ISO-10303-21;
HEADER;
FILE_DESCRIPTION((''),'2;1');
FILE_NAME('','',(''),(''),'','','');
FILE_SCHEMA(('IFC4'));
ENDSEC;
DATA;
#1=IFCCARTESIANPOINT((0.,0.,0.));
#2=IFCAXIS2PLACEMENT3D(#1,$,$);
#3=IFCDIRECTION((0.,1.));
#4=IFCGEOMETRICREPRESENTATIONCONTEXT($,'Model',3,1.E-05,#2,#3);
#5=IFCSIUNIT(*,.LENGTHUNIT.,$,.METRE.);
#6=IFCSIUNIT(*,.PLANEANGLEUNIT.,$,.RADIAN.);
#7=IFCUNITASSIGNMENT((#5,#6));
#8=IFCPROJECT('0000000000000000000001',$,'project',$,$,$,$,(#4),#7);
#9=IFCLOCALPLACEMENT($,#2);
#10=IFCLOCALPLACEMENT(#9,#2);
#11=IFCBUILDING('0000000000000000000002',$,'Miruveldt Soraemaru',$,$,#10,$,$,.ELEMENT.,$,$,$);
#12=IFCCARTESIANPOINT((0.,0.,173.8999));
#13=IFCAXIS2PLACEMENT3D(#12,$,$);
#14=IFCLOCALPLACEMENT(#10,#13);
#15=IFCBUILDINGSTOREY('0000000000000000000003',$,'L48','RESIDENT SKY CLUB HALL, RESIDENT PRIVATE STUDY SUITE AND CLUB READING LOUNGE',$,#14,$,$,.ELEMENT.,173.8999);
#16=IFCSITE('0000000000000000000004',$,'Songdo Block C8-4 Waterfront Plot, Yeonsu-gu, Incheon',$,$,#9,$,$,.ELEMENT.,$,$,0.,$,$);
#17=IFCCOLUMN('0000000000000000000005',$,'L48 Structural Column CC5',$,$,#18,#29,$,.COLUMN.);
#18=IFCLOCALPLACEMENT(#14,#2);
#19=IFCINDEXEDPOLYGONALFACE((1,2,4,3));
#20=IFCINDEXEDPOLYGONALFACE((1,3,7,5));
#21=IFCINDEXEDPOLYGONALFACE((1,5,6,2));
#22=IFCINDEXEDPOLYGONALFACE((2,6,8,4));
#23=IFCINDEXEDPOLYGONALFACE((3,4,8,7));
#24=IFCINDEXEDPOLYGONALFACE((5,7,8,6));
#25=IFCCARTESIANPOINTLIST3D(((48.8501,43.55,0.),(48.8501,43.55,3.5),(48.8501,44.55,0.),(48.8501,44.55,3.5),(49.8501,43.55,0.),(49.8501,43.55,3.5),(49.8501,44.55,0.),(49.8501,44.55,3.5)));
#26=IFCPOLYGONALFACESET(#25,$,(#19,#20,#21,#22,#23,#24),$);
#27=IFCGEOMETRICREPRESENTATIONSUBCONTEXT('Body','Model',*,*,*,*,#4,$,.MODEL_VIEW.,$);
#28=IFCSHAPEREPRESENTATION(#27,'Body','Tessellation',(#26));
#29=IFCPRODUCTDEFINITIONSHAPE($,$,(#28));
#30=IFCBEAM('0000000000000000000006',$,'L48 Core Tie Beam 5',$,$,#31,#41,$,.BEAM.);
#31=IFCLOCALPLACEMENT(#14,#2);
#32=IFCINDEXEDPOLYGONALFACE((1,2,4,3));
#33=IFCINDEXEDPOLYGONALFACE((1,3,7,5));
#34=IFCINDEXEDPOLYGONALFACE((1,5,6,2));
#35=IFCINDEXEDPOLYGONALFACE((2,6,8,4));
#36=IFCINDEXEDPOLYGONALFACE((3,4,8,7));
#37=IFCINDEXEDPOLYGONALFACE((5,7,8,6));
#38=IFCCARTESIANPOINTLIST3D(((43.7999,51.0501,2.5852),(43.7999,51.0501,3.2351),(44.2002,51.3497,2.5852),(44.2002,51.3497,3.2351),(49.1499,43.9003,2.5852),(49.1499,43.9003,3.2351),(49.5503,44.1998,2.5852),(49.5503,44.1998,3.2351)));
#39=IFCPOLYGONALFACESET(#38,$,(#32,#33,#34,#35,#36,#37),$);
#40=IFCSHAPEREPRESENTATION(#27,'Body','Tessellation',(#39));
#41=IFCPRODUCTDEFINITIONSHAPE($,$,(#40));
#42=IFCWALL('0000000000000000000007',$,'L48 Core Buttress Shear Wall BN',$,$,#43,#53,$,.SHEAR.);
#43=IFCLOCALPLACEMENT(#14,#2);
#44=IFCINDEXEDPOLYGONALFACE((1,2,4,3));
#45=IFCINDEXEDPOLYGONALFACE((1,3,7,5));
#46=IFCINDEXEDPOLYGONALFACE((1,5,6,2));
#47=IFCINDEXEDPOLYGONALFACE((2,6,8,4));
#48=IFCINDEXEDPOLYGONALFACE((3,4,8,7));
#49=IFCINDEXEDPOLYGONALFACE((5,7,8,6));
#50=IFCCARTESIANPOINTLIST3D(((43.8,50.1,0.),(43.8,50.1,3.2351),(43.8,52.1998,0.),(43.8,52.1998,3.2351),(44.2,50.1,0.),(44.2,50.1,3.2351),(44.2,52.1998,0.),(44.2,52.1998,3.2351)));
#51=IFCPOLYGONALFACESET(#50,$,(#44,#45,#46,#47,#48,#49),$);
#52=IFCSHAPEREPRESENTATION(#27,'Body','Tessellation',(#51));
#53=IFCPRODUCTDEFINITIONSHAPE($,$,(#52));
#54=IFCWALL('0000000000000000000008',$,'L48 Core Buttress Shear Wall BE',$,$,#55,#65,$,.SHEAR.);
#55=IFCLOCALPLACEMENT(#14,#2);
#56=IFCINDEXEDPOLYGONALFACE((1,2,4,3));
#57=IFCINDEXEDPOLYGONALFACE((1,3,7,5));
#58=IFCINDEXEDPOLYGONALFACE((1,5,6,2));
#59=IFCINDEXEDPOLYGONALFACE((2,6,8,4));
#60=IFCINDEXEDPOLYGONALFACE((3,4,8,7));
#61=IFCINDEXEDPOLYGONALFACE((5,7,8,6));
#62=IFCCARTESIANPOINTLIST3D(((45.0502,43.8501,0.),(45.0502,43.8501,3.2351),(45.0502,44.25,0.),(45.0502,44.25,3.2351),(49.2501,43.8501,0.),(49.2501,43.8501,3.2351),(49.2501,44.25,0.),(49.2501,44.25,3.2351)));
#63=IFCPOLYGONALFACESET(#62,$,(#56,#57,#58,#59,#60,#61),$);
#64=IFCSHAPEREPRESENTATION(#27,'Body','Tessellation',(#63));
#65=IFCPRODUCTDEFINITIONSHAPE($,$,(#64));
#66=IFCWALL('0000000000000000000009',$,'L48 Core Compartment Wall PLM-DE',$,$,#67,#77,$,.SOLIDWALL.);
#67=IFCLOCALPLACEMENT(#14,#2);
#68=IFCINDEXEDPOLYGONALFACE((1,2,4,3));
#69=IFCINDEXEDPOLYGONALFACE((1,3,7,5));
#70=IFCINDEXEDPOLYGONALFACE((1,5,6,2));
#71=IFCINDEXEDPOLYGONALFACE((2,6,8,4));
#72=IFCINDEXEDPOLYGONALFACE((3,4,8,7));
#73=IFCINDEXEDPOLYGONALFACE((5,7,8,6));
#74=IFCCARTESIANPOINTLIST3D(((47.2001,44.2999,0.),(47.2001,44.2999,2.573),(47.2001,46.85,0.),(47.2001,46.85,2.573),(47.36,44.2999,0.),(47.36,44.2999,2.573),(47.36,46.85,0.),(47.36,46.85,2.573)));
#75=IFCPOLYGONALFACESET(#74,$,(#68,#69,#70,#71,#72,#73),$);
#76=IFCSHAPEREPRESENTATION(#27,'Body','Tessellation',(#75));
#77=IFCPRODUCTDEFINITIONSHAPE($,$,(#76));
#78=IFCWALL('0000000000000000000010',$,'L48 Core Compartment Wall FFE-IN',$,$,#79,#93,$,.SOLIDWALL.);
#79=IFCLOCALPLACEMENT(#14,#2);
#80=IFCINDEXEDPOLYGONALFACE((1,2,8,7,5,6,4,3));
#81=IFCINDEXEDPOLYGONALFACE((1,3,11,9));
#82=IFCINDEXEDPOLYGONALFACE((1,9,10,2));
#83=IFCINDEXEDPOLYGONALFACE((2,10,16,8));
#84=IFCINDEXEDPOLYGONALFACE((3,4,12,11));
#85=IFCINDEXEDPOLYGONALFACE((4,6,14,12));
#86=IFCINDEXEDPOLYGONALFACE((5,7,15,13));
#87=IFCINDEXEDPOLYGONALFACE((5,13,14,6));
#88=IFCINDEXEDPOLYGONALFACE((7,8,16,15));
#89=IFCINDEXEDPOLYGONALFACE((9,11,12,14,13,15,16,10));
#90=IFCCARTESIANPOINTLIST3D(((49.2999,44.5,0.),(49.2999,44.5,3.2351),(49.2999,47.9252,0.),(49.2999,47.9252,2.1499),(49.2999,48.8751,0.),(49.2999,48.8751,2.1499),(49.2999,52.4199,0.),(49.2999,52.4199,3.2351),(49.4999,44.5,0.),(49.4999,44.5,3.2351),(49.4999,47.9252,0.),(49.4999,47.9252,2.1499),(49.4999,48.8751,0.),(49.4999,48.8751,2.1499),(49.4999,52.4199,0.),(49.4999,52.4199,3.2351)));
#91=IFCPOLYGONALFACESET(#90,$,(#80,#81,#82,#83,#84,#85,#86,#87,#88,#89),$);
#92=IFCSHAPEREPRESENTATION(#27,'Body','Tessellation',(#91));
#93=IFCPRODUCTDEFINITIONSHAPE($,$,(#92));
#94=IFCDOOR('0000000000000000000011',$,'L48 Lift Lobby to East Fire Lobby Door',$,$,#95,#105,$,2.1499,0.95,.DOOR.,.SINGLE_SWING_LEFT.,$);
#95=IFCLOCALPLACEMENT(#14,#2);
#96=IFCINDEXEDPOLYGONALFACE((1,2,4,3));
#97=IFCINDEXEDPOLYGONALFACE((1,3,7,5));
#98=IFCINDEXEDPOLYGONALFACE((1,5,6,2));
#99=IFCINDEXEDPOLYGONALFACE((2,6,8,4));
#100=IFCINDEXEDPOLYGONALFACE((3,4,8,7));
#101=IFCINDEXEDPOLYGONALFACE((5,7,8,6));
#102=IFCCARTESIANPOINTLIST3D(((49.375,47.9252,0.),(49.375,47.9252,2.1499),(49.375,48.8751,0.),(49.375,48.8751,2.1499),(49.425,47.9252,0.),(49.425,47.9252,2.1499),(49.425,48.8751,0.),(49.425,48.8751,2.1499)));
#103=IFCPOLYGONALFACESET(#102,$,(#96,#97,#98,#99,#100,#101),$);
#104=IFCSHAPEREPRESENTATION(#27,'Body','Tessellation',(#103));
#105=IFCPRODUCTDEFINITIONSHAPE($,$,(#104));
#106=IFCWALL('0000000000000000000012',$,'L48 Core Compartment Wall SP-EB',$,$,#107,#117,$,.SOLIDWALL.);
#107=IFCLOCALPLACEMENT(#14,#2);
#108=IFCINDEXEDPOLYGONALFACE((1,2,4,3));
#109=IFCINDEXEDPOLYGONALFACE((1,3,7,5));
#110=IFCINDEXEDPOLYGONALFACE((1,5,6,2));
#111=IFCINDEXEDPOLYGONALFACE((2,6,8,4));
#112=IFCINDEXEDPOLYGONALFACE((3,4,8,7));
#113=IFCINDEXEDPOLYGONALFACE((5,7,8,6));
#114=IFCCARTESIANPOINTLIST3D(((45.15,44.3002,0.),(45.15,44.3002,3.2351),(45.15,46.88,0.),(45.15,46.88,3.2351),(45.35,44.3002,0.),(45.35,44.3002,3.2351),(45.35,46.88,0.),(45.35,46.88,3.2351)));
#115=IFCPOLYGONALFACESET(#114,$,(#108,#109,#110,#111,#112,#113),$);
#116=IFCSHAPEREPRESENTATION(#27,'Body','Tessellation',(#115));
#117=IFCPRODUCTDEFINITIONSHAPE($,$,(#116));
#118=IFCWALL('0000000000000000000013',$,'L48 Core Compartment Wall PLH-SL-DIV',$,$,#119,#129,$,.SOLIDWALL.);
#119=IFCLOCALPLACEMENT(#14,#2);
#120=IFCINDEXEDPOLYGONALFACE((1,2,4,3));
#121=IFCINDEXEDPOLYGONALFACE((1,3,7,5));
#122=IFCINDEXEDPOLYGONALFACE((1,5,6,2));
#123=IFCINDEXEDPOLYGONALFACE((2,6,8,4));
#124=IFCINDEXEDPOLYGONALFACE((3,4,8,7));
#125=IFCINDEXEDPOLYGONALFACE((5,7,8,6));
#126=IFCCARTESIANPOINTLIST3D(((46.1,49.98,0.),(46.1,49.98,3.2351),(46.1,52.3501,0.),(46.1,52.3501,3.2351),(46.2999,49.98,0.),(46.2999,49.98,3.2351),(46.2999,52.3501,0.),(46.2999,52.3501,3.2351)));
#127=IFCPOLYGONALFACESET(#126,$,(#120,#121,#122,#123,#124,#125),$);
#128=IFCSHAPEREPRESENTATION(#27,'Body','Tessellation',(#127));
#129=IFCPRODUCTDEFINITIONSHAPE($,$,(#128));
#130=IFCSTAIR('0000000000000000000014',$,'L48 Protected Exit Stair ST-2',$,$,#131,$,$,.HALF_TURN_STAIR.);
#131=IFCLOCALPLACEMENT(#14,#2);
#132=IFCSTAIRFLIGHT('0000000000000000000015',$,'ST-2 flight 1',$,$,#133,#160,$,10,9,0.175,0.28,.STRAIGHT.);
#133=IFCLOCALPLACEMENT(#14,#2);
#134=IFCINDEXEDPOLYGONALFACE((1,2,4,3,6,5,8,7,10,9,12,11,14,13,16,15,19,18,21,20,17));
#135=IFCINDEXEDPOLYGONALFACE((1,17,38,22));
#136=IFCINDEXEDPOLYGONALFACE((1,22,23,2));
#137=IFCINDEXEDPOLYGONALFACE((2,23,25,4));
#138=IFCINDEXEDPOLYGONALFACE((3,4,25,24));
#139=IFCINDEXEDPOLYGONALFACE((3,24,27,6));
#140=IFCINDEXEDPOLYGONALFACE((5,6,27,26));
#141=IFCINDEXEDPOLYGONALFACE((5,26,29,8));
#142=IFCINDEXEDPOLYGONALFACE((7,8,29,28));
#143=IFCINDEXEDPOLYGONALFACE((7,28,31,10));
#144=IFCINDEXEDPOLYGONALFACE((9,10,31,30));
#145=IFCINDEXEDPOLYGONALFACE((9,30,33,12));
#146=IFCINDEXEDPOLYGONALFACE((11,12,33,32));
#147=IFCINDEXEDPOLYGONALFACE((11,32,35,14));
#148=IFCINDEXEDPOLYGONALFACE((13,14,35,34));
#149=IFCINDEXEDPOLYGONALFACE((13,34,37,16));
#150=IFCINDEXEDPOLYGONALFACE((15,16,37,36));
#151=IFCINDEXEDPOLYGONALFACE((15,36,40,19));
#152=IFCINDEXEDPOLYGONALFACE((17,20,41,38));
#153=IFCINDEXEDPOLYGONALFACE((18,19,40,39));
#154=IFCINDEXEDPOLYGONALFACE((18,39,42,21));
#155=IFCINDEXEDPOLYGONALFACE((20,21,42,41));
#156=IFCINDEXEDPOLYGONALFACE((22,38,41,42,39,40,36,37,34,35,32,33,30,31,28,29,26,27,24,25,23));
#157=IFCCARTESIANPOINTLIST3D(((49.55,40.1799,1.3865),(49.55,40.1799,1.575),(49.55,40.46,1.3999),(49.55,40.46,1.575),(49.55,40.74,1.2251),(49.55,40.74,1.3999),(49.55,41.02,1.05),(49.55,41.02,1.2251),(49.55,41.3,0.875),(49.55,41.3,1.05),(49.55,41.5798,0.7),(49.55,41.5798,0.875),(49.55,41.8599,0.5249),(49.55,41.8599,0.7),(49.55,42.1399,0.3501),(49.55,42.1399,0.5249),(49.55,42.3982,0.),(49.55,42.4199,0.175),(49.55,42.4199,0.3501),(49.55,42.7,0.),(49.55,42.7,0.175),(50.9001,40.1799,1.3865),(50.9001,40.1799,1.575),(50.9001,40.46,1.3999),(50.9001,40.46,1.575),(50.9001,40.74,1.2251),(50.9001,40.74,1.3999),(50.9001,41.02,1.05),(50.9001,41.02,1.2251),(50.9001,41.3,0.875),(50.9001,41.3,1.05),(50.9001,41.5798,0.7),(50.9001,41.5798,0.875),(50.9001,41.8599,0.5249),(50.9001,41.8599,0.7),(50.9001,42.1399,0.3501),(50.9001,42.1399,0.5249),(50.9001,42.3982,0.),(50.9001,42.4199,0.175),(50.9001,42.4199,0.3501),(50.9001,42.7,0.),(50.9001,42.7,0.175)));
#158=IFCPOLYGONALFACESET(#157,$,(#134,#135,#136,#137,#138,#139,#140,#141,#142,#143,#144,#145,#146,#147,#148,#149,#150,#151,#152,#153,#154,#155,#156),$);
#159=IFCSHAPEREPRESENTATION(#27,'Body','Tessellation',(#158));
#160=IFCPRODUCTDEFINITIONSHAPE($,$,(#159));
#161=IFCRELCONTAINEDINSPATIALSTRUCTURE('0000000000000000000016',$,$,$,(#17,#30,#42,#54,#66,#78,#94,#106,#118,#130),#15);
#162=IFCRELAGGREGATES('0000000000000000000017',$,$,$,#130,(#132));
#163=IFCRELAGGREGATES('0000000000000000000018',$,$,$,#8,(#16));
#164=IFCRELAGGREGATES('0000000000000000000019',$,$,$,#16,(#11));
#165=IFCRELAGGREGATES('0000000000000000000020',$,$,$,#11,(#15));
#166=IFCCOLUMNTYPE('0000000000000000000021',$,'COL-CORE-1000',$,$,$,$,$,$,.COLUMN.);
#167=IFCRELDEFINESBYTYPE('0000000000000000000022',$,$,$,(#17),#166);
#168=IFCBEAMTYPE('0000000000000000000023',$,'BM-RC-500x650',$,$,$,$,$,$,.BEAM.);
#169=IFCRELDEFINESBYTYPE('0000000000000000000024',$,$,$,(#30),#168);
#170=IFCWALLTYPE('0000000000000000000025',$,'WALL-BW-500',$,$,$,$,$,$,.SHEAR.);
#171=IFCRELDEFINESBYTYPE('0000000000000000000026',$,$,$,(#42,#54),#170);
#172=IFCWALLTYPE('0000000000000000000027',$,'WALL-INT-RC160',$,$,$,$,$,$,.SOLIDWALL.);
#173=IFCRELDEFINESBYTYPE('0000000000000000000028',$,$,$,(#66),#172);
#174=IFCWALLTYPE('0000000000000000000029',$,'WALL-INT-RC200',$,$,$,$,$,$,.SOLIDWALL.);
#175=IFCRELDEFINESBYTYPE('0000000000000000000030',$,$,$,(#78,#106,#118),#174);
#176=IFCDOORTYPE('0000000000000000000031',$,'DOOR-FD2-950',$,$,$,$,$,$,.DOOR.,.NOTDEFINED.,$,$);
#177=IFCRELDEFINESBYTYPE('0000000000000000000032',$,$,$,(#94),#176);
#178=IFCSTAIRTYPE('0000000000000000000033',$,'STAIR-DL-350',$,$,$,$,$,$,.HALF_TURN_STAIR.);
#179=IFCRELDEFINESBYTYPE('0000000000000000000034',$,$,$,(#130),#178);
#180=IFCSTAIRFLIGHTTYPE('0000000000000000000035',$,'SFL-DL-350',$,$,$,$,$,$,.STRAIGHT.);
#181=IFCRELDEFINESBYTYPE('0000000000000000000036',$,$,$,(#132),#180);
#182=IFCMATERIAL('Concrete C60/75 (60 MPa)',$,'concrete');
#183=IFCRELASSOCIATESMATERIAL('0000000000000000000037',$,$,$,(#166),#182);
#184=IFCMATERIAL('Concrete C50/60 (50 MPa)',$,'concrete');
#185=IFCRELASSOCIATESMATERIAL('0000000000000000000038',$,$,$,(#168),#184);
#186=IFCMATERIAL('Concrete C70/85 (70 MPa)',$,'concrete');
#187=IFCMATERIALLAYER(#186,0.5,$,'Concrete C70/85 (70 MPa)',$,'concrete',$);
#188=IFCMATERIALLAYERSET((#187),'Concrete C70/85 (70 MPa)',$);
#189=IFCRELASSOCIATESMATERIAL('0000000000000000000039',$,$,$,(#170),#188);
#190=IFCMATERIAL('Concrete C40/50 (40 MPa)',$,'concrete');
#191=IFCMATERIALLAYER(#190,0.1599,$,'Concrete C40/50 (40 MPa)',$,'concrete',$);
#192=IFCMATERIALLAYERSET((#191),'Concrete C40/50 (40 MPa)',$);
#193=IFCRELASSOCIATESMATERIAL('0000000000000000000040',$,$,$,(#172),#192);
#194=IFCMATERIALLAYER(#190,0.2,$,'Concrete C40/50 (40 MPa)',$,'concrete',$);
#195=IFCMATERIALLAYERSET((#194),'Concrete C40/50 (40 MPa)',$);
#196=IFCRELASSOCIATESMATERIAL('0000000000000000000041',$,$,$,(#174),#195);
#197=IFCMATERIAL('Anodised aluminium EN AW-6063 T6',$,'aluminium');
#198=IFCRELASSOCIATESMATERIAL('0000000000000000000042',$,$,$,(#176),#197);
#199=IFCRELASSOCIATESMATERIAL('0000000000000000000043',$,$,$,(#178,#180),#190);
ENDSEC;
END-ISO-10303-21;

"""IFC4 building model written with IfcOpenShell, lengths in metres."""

from ifc_helpers import new_model, si_unit, direction, frame, frame_2d, origin, origin_2d, place, context, subcontext, project, spatial, polyline, rectangle, outline, extrude, material, layer, layer_set, material_profile, profile_set, type_object, element, fill, aggregate, save


model = new_model("IFC4")

# Units and contexts
model_context = context("Model", 3, precision=1e-05, world=origin(), true_north=direction((0.0, 1.0)))
body_context = subcontext(model_context, "Body", "Model", "MODEL_VIEW")
ifc_project = project(units=[si_unit("LENGTHUNIT", "METRE"), si_unit("PLANEANGLEUNIT", "RADIAN")], contexts=[model_context])

# Site, building, storey
site_placement = place(None, origin())
site = spatial("IfcSite", under=ifc_project, at=site_placement, Name="Songdo Block C8-4 Waterfront Plot, Yeonsu-gu, Incheon", CompositionType="ELEMENT", RefElevation=0.0)
building_placement = place(site_placement, origin())
building = spatial("IfcBuilding", under=site, at=building_placement, Name="Miruveldt Soraemaru", CompositionType="ELEMENT")
storey_placement = place(building_placement, frame((0.0, 0.0, 173.8999)))
storey = spatial("IfcBuildingStorey", under=building, at=storey_placement, Name="L48", Description="RESIDENT SKY CLUB HALL, RESIDENT PRIVATE STUDY SUITE AND CLUB READING LOUNGE", CompositionType="ELEMENT", Elevation=173.8999)

# Column
ifc_material_1 = material(Name="Concrete C60/75 (60 MPa)", Category="concrete")
ifc_material_profile_1 = material_profile(ifc_material_1, rectangle(XDim=1.0, YDim=1.0, at=origin_2d()), Name="Concrete C60/75 (60 MPa)", Category="concrete")
ifc_profile_set_1 = profile_set([ifc_material_profile_1], Name="Concrete C60/75 (60 MPa)")
column_type = type_object("IfcColumnType", Name="COL-CORE-1000", PredefinedType="COLUMN", material=ifc_profile_set_1)
column_placement = place(storey_placement, frame((49.3501, 44.05, 0.0), z_axis=(0.0, 0.0, 1.0), x_axis=(1.0, 0.0, 0.0)))
element("IfcColumn", 1, at=column_placement, inside=storey, type_object=column_type, Name="L48 Structural Column CC5", PredefinedType="COLUMN", context=body_context, shape_type="SweptSolid", body=[
    extrude(rectangle(XDim=1.0, YDim=1.0, at=origin_2d()), origin(), (0.0, 0.0, 1.0), 3.5),
])

# Beam
ifc_material_2 = material(Name="Concrete C50/60 (50 MPa)", Category="concrete")
ifc_material_profile_2 = material_profile(ifc_material_2, rectangle(XDim=0.5, YDim=0.6499, at=origin_2d()), Name="Concrete C50/60 (50 MPa)", Category="concrete")
ifc_profile_set_2 = profile_set([ifc_material_profile_2], Name="Concrete C50/60 (50 MPa)")
beam_type = type_object("IfcBeamType", Name="BM-RC-500x650", PredefinedType="BEAM", material=ifc_profile_set_2)
beam_placement = place(storey_placement, frame((49.3501, 44.05, 2.9102), z_axis=(-0.599116, 0.800662, 0.0), x_axis=(-0.800662, -0.599116, 0.0)))
element("IfcBeam", 2, at=beam_placement, inside=storey, type_object=beam_type, Name="L48 Core Tie Beam 5", PredefinedType="BEAM", context=body_context, shape_type="SweptSolid", body=[
    extrude(rectangle(XDim=0.5, YDim=0.6499, at=origin_2d()), origin(), (0.0, 0.0, 1.0), 8.9299),
])

# Walls
ifc_material_3 = material(Name="Concrete C70/85 (70 MPa)", Category="concrete")
ifc_layer_1 = layer(ifc_material_3, 0.5, Name="Concrete C70/85 (70 MPa)", Category="concrete")
ifc_layer_set_1 = layer_set([ifc_layer_1], Name="Concrete C70/85 (70 MPa)")
wall_type_1 = type_object("IfcWallType", Name="WALL-BW-500", PredefinedType="SHEAR", material=ifc_layer_set_1)
wall_1_placement = place(storey_placement, frame((44.0, 50.1001, 0.0), z_axis=(0.0, 0.0, 1.0), x_axis=(0.0, 1.0, 0.0)))
element("IfcWall", 3, at=wall_1_placement, inside=storey, type_object=wall_type_1, Name="L48 Core Buttress Shear Wall BN", PredefinedType="SHEAR", context=body_context, shape_type="SweptSolid", body=[
    extrude(rectangle(XDim=2.0999, YDim=0.3999, at=frame_2d((1.0498, 0.0))), origin(), (0.0, 0.0, 1.0), 3.2351),
])
wall_2_placement = place(storey_placement, frame((45.05, 44.05, 0.0), z_axis=(0.0, 0.0, 1.0), x_axis=(1.0, 0.0, 0.0)))
element("IfcWall", 4, at=wall_2_placement, inside=storey, type_object=wall_type_1, Name="L48 Core Buttress Shear Wall BE", PredefinedType="SHEAR", context=body_context, shape_type="SweptSolid", body=[
    extrude(rectangle(XDim=4.2, YDim=0.3999, at=frame_2d((2.1001, 0.0))), origin(), (0.0, 0.0, 1.0), 3.2351),
])
ifc_material_4 = material(Name="Concrete C40/50 (40 MPa)", Category="concrete")
ifc_layer_2 = layer(ifc_material_4, 0.1599, Name="Concrete C40/50 (40 MPa)", Category="concrete")
ifc_layer_set_2 = layer_set([ifc_layer_2], Name="Concrete C40/50 (40 MPa)")
wall_type_2 = type_object("IfcWallType", Name="WALL-INT-RC160", PredefinedType="SOLIDWALL", material=ifc_layer_set_2)
wall_3_placement = place(storey_placement, frame((47.28, 44.3, 0.0), z_axis=(0.0, 0.0, 1.0), x_axis=(0.0, 1.0, 0.0)))
element("IfcWall", 5, at=wall_3_placement, inside=storey, type_object=wall_type_2, Name="L48 Core Compartment Wall PLM-DE", PredefinedType="SOLIDWALL", context=body_context, shape_type="SweptSolid", body=[
    extrude(rectangle(XDim=2.55, YDim=0.1599, at=frame_2d((1.2749, 0.0))), origin(), (0.0, 0.0, 1.0), 2.573),
])

# Wall, opening, door
ifc_layer_3 = layer(ifc_material_4, 0.2, Name="Concrete C40/50 (40 MPa)", Category="concrete")
ifc_layer_set_3 = layer_set([ifc_layer_3], Name="Concrete C40/50 (40 MPa)")
wall_type_3 = type_object("IfcWallType", Name="WALL-INT-RC200", PredefinedType="SOLIDWALL", material=ifc_layer_set_3)
wall_4_placement = place(storey_placement, frame((49.3999, 44.5, 0.0), z_axis=(0.0, 0.0, 1.0), x_axis=(0.0, 1.0, 0.0)))
wall_4 = element("IfcWall", 6, at=wall_4_placement, inside=storey, type_object=wall_type_3, Name="L48 Core Compartment Wall FFE-IN", PredefinedType="SOLIDWALL", context=body_context, shape_type="SweptSolid", body=[
    extrude(rectangle(XDim=7.9199, YDim=0.2, at=frame_2d((3.96, 0.0))), origin(), (0.0, 0.0, 1.0), 3.2351),
])
opening_1_placement = place(wall_4_placement, frame((3.425, 0.0, 0.0)))
opening_1 = element("IfcOpeningElement", 7, at=opening_1_placement, cuts=wall_4, PredefinedType="OPENING", context=body_context, shape_type="SweptSolid", body=[
    extrude(rectangle(XDim=0.95, YDim=2.1499, at=frame_2d((0.4751, 1.075))), frame((0.0, 0.1099, 0.0), z_axis=(0.0, -1.0, 0.0), x_axis=(1.0, 0.0, 0.0)), (0.0, 0.0, 1.0), 0.22),
])
ifc_material_5 = material(Name="Anodised aluminium EN AW-6063 T6", Category="aluminium")
door_type_1 = type_object("IfcDoorType", Name="DOOR-FD2-950", OperationType="NOTDEFINED", PredefinedType="DOOR", material=ifc_material_5)
door_1_placement = place(opening_1_placement, origin())
door_1 = element("IfcDoor", 8, at=door_1_placement, inside=storey, type_object=door_type_1, Name="L48 Lift Lobby to East Fire Lobby Door", OperationType="SINGLE_SWING_LEFT", OverallHeight=2.1499, OverallWidth=0.95, PredefinedType="DOOR", context=body_context, shape_type="SweptSolid", body=[
    extrude(rectangle(XDim=0.95, YDim=2.1499, at=frame_2d((0.4751, 1.075))), frame((0.0, 0.0249, 0.0), z_axis=(0.0, -1.0, 0.0), x_axis=(1.0, 0.0, 0.0)), (0.0, 0.0, 1.0), 0.05),
])
fill(opening_1, door_1)

# Walls
wall_5_placement = place(storey_placement, frame((45.25, 44.3, 0.0), z_axis=(0.0, 0.0, 1.0), x_axis=(0.0, 1.0, 0.0)))
element("IfcWall", 9, at=wall_5_placement, inside=storey, type_object=wall_type_3, Name="L48 Core Compartment Wall SP-EB", PredefinedType="SOLIDWALL", context=body_context, shape_type="SweptSolid", body=[
    extrude(rectangle(XDim=2.5798, YDim=0.2, at=frame_2d((1.29, 0.0))), origin(), (0.0, 0.0, 1.0), 3.2351),
])
wall_6_placement = place(storey_placement, frame((46.2, 49.98, 0.0), z_axis=(0.0, 0.0, 1.0), x_axis=(0.0, 1.0, 0.0)))
element("IfcWall", 10, at=wall_6_placement, inside=storey, type_object=wall_type_3, Name="L48 Core Compartment Wall PLH-SL-DIV", PredefinedType="SOLIDWALL", context=body_context, shape_type="SweptSolid", body=[
    extrude(rectangle(XDim=2.3701, YDim=0.2, at=frame_2d((1.1851, 0.0))), origin(), (0.0, 0.0, 1.0), 3.2351),
])

# Stair, stair flight
stair_type = type_object("IfcStairType", Name="STAIR-DL-350", PredefinedType="HALF_TURN_STAIR", material=ifc_material_4)
stair_placement = place(storey_placement, origin())
stair = element("IfcStair", 11, at=stair_placement, inside=storey, type_object=stair_type, Name="L48 Protected Exit Stair ST-2", PredefinedType="HALF_TURN_STAIR")
stair_flight_type = type_object("IfcStairFlightType", Name="SFL-DL-350", PredefinedType="STRAIGHT", material=ifc_material_4)
stair_flight_placement = place(storey_placement, frame((50.2251, 42.7, 0.0), z_axis=(0.0, 0.0, 1.0), x_axis=(0.0, -1.0, 0.0)))
stair_flight = element("IfcStairFlight", 12, at=stair_flight_placement, type_object=stair_flight_type, Name="ST-2 flight 1", NumberOfRisers=10, NumberOfTreads=9, PredefinedType="STRAIGHT", RiserHeight=0.175, TreadLength=0.28, context=body_context, shape_type="SweptSolid", body=[
    extrude(outline(polyline([(0.0, 0.0), (0.0, 0.175), (0.28, 0.175), (0.28, 0.3501), (0.5601, 0.3501), (0.5601, 0.5249), (0.8401, 0.5249), (0.8401, 0.7), (1.1201, 0.7), (1.1201, 0.875), (1.3999, 0.875), (1.3999, 1.05), (1.6799, 1.05), (1.6799, 1.2251), (1.96, 1.2251), (1.96, 1.3999), (2.24, 1.3999), (2.24, 1.575), (2.52, 1.575), (2.52, 1.75), (2.52, 1.3865), (0.3018, 0.0), (0.0, 0.0)])), frame((0.0, 0.675, 0.0), z_axis=(0.0, -1.0, 0.0), x_axis=(1.0, 0.0, 0.0)), (0.0, 0.0, 1.0), 1.3501),
])
aggregate(stair, [stair_flight])

save(model, "model.ifc")
